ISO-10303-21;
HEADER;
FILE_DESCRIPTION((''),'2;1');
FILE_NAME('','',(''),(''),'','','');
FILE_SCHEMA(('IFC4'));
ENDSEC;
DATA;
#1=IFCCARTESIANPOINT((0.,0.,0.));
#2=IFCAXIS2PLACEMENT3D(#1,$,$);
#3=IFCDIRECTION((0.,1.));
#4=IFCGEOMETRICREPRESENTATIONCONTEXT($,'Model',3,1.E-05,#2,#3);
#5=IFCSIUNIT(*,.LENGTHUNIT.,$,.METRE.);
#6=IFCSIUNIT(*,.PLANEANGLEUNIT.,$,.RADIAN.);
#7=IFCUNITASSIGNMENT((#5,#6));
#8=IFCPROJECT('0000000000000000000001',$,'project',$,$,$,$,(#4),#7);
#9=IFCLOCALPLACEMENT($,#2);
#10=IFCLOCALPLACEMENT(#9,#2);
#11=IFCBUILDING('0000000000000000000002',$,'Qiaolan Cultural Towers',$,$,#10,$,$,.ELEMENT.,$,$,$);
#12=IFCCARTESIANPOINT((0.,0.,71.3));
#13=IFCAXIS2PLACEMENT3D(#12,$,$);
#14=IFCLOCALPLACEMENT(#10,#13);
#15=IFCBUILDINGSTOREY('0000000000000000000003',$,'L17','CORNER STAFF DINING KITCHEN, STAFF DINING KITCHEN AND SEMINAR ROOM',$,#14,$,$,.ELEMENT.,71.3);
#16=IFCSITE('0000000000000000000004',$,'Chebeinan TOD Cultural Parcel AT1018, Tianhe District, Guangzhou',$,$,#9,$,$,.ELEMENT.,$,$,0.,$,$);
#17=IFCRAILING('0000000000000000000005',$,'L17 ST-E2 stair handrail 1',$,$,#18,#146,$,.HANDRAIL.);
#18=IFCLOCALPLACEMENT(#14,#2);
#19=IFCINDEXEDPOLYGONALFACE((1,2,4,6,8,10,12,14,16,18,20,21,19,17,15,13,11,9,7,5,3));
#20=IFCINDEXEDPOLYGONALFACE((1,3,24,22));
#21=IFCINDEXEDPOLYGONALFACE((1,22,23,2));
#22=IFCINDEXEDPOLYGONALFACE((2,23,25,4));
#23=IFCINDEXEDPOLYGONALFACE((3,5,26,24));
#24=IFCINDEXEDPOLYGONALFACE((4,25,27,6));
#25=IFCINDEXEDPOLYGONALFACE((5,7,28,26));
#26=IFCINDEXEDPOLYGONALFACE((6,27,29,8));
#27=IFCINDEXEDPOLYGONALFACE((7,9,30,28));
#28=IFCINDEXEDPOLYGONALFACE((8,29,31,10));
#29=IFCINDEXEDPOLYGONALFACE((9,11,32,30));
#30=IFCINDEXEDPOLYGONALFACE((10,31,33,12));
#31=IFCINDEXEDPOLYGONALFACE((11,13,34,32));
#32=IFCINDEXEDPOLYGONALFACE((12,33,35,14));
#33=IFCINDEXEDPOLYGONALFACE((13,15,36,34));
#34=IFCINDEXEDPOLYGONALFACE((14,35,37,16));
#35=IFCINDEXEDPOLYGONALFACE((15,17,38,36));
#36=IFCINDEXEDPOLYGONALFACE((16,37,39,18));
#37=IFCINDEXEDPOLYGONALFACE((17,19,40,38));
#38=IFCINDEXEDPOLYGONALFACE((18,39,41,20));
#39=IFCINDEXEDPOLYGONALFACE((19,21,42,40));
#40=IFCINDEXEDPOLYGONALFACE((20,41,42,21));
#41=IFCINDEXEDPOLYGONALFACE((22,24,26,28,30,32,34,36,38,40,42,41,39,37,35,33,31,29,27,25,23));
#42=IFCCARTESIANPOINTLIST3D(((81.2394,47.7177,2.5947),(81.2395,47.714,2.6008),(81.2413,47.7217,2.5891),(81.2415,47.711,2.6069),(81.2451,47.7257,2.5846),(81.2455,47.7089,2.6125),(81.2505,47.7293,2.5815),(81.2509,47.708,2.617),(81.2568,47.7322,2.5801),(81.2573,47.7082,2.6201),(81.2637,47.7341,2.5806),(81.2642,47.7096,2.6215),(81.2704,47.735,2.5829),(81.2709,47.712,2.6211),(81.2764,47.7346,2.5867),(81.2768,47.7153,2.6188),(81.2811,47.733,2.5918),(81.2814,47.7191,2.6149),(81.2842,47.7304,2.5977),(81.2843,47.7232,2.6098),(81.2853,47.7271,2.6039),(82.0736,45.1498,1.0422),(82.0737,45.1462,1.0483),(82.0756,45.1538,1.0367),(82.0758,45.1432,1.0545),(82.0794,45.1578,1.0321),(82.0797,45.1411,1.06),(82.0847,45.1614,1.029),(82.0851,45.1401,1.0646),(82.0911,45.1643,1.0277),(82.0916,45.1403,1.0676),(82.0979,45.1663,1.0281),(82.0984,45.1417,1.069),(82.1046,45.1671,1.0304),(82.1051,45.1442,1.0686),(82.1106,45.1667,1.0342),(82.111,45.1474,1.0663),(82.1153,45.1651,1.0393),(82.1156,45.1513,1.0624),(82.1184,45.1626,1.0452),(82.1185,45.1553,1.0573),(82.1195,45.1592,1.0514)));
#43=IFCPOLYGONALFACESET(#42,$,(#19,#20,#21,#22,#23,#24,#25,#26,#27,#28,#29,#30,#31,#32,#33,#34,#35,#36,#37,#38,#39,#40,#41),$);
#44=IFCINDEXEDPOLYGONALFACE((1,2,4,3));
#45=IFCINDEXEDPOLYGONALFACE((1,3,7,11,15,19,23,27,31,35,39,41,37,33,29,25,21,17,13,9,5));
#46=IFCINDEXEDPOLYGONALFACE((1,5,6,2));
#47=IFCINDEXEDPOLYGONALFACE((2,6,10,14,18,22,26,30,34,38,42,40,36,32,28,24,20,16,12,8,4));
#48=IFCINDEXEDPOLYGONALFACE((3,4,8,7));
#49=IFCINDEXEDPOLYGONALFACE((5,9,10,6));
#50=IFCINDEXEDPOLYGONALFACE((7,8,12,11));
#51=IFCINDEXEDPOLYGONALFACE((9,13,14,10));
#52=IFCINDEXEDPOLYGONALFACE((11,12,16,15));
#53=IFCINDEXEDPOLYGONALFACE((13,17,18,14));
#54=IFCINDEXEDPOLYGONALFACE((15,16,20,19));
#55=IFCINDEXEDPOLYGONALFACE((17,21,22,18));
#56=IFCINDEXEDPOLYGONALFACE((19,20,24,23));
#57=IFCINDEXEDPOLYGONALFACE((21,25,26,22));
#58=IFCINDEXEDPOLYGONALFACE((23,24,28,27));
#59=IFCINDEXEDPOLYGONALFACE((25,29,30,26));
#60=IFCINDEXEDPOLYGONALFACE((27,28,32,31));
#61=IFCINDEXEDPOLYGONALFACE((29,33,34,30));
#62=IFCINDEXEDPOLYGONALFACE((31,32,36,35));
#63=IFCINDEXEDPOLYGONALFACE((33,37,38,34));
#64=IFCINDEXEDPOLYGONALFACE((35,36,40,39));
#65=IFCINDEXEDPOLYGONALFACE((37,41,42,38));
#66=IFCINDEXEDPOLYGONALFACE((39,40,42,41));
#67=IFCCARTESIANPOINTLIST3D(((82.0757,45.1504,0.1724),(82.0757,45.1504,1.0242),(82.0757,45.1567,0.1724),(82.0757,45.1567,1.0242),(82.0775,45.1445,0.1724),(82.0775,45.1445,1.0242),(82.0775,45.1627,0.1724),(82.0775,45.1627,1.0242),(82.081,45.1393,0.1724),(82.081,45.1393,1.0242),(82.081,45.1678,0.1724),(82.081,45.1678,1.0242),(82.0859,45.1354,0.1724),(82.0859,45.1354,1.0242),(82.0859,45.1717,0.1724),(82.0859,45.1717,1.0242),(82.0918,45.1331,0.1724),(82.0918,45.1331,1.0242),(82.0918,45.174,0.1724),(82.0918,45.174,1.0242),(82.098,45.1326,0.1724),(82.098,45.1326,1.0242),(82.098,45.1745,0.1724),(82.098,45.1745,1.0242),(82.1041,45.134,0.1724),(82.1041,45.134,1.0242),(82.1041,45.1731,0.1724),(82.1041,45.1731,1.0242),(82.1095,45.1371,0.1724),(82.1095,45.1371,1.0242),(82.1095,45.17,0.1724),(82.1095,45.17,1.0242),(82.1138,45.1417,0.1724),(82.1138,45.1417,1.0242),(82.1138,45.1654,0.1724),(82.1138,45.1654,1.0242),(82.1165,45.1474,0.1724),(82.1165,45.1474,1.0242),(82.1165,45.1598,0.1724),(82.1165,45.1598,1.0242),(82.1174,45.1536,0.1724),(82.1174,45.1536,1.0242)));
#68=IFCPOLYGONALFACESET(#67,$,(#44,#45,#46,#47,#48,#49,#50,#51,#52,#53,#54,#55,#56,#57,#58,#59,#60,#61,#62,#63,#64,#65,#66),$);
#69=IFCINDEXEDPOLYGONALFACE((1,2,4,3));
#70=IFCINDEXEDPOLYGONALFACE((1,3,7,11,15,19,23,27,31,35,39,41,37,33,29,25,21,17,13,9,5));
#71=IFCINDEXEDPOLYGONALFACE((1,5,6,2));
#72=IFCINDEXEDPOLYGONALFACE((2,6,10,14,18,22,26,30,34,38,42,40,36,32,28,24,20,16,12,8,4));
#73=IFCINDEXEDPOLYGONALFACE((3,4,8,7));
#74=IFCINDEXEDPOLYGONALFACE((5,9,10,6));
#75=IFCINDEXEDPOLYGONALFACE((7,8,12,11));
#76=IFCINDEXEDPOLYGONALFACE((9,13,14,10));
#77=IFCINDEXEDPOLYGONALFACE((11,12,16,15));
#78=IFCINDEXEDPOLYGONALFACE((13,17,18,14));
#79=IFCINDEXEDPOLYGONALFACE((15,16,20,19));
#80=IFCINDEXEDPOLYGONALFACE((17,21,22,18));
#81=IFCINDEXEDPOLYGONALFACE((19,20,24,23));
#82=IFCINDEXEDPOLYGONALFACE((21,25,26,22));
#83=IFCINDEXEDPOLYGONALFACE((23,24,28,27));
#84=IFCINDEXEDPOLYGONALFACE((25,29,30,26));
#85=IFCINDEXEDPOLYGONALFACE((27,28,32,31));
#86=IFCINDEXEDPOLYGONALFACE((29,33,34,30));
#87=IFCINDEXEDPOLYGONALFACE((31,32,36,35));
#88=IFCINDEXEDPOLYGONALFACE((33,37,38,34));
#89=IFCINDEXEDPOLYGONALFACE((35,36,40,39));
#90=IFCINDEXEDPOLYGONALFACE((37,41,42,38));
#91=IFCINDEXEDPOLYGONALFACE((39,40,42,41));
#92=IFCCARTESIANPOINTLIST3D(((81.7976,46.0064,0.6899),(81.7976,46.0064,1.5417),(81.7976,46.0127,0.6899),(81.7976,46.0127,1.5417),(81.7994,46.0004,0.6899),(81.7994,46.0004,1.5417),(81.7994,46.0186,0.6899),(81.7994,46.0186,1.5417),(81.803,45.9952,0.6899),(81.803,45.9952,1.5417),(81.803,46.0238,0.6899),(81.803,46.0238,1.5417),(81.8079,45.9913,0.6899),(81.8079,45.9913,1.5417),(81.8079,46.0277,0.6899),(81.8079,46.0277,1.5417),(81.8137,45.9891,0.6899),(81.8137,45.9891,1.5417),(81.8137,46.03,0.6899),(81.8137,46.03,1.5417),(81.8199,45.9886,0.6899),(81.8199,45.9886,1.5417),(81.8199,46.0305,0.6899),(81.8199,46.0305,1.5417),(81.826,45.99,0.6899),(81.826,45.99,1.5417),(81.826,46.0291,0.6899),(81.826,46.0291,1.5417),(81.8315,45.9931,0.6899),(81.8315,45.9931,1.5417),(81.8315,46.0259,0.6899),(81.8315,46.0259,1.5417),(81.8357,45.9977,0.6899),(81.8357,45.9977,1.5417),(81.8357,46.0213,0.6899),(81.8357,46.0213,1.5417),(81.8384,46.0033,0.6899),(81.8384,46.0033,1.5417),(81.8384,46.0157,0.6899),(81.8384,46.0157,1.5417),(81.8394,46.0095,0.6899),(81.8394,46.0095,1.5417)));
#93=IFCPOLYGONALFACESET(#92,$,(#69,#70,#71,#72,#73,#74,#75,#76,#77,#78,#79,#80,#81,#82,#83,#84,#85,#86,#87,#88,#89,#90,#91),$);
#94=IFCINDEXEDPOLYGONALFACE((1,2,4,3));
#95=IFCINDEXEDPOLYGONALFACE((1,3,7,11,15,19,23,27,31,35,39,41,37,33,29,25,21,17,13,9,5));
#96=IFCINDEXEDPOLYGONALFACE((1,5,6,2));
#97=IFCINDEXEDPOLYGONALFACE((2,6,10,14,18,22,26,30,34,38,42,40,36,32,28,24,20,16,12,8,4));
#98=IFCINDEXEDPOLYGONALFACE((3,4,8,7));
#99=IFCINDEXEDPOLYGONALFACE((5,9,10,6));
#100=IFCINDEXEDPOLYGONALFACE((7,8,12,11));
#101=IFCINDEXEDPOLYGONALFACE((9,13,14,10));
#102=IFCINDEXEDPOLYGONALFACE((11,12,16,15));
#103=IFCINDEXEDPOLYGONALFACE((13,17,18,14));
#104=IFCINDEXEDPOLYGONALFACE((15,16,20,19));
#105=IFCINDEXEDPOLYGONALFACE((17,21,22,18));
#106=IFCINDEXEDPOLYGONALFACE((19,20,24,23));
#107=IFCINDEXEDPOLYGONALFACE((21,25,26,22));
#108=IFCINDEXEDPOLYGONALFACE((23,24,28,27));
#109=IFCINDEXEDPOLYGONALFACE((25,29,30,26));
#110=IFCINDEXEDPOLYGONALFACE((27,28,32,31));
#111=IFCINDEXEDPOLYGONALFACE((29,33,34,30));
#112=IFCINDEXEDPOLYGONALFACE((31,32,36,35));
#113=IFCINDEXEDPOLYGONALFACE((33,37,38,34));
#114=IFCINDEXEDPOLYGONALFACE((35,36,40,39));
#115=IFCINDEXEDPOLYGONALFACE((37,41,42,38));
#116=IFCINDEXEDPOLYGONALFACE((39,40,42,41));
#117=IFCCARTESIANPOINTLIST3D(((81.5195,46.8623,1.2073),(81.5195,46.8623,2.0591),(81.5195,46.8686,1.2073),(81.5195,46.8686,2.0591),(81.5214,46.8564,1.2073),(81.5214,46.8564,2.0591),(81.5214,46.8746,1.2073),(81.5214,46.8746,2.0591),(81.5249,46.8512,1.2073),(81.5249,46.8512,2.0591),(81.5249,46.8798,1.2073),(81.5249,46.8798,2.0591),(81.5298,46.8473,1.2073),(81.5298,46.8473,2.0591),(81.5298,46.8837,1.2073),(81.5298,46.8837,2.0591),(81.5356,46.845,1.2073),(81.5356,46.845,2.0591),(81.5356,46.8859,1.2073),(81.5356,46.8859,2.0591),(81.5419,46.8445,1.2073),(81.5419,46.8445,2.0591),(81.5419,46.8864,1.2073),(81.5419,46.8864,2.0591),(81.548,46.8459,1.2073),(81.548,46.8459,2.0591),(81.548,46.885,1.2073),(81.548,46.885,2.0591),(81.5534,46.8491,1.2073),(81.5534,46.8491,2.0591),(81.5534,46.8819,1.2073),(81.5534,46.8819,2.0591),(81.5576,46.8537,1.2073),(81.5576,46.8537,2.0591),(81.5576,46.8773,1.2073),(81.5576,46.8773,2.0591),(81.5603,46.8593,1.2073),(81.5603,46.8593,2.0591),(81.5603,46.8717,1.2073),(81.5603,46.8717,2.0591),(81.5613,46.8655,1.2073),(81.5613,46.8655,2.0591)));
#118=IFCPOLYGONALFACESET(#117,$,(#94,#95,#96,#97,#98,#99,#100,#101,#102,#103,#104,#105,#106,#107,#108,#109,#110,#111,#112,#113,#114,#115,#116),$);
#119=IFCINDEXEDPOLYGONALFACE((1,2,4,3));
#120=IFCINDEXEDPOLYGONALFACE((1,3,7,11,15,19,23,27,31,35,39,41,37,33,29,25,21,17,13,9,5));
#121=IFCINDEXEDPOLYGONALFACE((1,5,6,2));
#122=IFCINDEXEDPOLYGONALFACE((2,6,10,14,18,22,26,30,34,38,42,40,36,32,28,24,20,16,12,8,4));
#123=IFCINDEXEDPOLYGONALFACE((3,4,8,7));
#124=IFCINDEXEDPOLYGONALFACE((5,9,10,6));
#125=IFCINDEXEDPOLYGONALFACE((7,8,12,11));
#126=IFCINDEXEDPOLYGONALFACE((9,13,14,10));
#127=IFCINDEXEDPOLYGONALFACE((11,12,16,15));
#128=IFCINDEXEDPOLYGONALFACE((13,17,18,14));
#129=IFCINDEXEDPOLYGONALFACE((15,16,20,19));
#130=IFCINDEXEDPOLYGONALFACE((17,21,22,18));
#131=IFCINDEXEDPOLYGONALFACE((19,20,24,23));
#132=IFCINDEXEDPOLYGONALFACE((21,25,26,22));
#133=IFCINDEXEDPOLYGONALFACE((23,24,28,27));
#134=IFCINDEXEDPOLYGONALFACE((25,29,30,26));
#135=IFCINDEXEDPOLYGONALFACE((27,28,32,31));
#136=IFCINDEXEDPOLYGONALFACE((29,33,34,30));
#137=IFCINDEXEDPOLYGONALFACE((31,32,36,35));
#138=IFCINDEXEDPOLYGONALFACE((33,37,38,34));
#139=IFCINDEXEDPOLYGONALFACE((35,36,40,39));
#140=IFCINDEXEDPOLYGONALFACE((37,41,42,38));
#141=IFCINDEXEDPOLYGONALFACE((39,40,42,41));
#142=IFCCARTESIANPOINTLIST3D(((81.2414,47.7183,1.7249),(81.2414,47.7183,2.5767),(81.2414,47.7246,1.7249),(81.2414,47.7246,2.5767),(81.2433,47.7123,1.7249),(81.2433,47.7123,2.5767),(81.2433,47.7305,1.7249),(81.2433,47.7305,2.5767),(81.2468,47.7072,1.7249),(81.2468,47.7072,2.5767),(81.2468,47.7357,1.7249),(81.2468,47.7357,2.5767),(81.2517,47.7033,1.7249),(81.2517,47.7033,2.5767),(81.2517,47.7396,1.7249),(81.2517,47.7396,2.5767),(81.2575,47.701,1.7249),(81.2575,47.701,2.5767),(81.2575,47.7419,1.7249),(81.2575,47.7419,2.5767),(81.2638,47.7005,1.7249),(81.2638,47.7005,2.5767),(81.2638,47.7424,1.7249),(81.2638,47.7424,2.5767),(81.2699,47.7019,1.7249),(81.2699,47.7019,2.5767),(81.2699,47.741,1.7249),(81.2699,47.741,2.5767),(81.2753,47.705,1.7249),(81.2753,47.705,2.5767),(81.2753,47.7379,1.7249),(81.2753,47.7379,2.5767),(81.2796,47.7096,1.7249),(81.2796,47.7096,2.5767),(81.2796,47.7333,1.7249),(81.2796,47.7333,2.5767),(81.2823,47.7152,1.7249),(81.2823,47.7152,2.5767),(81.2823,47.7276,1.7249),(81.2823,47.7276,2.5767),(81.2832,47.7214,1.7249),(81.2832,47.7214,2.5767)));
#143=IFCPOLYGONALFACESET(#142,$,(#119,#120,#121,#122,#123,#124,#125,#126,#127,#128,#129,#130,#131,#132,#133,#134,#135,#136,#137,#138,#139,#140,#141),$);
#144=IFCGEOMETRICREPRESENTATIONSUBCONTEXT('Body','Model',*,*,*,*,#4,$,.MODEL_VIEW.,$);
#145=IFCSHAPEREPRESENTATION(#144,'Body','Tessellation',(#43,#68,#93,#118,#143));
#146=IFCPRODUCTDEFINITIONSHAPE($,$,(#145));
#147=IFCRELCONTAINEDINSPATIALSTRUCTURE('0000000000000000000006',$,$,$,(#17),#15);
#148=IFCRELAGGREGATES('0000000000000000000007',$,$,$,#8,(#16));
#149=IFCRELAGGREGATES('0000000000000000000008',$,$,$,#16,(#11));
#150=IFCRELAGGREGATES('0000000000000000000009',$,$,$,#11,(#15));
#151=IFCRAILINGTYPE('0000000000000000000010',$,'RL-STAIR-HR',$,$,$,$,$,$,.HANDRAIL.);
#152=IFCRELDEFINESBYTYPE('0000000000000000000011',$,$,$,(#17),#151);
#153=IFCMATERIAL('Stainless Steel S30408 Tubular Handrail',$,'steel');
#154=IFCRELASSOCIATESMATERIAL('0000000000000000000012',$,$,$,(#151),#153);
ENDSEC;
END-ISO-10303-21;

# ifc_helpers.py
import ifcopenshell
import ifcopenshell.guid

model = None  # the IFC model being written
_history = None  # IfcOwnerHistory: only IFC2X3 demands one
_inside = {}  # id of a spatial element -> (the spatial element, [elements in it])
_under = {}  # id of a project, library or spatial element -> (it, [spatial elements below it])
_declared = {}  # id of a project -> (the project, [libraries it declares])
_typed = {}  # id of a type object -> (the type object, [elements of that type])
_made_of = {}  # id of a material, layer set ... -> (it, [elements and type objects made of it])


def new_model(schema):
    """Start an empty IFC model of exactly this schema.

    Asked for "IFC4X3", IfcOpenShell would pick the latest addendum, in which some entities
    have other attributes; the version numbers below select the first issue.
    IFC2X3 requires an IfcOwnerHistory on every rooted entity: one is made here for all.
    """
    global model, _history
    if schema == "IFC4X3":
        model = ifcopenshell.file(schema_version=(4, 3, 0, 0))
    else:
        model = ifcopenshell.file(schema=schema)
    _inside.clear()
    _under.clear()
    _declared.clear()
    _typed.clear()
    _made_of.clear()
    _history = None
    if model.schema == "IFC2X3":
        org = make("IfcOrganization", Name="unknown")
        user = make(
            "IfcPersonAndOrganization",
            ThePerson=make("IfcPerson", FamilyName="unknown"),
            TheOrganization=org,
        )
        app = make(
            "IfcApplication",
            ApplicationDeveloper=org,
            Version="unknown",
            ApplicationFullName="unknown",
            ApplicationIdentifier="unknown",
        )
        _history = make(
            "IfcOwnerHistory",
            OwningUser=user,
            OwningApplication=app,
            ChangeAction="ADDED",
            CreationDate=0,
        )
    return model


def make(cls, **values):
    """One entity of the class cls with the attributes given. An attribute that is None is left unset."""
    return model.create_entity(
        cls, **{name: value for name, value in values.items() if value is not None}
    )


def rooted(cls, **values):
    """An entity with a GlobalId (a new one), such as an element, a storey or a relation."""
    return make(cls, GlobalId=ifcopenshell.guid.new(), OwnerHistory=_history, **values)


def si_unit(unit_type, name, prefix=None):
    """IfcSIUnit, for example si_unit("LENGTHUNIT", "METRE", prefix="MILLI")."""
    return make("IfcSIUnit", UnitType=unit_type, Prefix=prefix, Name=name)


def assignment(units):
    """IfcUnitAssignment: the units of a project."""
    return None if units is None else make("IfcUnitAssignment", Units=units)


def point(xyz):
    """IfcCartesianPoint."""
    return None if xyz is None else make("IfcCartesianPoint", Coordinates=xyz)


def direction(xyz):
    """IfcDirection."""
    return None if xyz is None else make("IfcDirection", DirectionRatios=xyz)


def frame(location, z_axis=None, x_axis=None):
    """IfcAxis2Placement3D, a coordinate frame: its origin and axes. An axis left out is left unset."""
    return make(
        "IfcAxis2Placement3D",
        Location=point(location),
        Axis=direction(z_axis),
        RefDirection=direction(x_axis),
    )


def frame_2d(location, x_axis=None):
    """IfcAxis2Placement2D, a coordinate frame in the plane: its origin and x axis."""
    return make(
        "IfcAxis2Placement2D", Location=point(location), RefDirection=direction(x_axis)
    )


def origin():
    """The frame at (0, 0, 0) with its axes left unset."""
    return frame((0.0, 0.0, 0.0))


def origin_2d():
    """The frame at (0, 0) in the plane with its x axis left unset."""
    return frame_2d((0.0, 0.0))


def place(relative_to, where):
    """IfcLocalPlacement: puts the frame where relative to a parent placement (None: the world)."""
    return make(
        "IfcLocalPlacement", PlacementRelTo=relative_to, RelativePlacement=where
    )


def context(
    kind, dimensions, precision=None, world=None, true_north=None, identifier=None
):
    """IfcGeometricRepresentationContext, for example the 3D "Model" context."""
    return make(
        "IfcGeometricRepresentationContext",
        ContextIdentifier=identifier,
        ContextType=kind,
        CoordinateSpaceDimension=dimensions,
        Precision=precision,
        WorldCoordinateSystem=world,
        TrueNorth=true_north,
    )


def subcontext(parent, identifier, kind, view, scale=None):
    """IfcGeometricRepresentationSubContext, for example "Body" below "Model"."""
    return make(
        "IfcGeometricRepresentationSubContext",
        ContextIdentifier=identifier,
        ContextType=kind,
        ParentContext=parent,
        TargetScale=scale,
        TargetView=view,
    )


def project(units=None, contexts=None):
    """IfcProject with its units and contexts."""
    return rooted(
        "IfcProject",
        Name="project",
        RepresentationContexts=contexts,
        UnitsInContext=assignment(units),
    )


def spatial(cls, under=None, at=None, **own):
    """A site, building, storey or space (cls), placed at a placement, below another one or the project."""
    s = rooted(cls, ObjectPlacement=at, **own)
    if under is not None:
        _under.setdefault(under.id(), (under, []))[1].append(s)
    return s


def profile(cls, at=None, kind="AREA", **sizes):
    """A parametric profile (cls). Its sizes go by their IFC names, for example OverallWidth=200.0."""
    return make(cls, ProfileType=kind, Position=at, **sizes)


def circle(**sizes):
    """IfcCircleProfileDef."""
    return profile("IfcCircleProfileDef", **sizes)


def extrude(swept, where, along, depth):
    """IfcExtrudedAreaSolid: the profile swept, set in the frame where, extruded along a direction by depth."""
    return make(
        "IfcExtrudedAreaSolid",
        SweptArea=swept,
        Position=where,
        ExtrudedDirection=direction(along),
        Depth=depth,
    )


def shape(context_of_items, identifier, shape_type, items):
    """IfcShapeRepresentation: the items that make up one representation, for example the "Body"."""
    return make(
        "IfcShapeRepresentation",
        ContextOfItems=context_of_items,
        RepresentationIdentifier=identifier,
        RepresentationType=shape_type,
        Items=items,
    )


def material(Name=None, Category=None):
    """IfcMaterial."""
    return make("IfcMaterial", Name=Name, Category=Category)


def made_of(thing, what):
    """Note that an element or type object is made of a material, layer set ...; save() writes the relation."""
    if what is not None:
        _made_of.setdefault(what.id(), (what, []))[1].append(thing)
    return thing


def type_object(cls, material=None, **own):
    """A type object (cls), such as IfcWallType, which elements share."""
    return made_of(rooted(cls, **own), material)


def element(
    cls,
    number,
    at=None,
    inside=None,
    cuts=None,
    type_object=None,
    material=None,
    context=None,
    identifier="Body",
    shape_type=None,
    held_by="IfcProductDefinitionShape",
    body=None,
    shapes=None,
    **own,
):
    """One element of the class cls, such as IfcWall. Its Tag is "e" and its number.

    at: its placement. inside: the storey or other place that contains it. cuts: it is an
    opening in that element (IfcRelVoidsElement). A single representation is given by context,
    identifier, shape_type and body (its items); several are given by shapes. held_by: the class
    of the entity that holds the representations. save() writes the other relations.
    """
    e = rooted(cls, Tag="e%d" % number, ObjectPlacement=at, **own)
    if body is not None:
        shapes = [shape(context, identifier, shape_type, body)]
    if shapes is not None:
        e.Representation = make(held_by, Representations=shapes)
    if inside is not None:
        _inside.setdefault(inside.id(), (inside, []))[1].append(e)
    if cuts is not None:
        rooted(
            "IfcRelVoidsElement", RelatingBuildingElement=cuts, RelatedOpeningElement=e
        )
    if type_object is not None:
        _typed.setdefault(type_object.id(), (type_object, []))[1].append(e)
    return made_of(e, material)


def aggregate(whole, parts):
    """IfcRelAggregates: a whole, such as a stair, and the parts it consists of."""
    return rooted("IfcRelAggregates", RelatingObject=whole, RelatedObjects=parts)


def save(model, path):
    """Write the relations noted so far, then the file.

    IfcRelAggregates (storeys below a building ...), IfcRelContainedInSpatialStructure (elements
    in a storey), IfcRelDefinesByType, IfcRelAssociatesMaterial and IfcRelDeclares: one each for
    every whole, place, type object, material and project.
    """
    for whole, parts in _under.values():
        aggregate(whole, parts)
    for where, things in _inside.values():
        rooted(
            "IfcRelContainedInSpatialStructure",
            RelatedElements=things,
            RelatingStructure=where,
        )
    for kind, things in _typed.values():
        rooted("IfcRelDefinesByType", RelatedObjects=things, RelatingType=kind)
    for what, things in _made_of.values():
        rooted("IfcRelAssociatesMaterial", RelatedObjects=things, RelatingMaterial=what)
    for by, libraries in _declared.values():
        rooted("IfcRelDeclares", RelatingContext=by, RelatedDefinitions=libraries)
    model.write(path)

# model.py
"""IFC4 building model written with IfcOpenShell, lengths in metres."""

from ifc_helpers import new_model, si_unit, direction, frame, origin, origin_2d, place, context, subcontext, project, spatial, circle, extrude, material, type_object, element, save


model = new_model("IFC4")

# Units and contexts
model_context = context("Model", 3, precision=1e-05, world=origin(), true_north=direction((0.0, 1.0)))
body_context = subcontext(model_context, "Body", "Model", "MODEL_VIEW")
ifc_project = project(units=[si_unit("LENGTHUNIT", "METRE"), si_unit("PLANEANGLEUNIT", "RADIAN")], contexts=[model_context])

# Site, building, storey
site_placement = place(None, origin())
site = spatial("IfcSite", under=ifc_project, at=site_placement, Name="Chebeinan TOD Cultural Parcel AT1018, Tianhe District, Guangzhou", CompositionType="ELEMENT", RefElevation=0.0)
building_placement = place(site_placement, origin())
building = spatial("IfcBuilding", under=site, at=building_placement, Name="Qiaolan Cultural Towers", CompositionType="ELEMENT")
storey_placement = place(building_placement, frame((0.0, 0.0, 71.3)))
storey = spatial("IfcBuildingStorey", under=building, at=storey_placement, Name="L17", Description="CORNER STAFF DINING KITCHEN, STAFF DINING KITCHEN AND SEMINAR ROOM", CompositionType="ELEMENT", Elevation=71.3)

# Railing
ifc_material_1 = material(Name="Stainless Steel S30408 Tubular Handrail", Category="steel")
railing_type_1 = type_object("IfcRailingType", Name="RL-STAIR-HR", PredefinedType="HANDRAIL", material=ifc_material_1)
railing_1_placement = place(storey_placement, frame((82.0964, 45.1536, 0.1724)))
element("IfcRailing", 1, at=railing_1_placement, inside=storey, type_object=railing_type_1, Name="L17 ST-E2 stair handrail 1", PredefinedType="HANDRAIL", context=body_context, shape_type="SweptSolid", body=[
    extrude(circle(Radius=0.0239, at=origin_2d()), frame((0.0, 0.0, 0.876), z_axis=(-0.267853, 0.824488, 0.498471), x_axis=(-0.95107, -0.308976, 0.0)), (0.0, 0.0, 1.0), 3.1145),
    extrude(circle(Radius=0.021, at=origin_2d()), origin(), (0.0, 0.0, 1.0), 0.8518),
    extrude(circle(Radius=0.021, at=origin_2d()), frame((-0.2781, 0.856, 0.5176)), (0.0, 0.0, 1.0), 0.8518),
    extrude(circle(Radius=0.021, at=origin_2d()), frame((-0.5562, 1.7119, 1.0349)), (0.0, 0.0, 1.0), 0.8518),
    extrude(circle(Radius=0.021, at=origin_2d()), frame((-0.8342, 2.5679, 1.5525)), (0.0, 0.0, 1.0), 0.8518),
])

save(model, "model.ifc")
